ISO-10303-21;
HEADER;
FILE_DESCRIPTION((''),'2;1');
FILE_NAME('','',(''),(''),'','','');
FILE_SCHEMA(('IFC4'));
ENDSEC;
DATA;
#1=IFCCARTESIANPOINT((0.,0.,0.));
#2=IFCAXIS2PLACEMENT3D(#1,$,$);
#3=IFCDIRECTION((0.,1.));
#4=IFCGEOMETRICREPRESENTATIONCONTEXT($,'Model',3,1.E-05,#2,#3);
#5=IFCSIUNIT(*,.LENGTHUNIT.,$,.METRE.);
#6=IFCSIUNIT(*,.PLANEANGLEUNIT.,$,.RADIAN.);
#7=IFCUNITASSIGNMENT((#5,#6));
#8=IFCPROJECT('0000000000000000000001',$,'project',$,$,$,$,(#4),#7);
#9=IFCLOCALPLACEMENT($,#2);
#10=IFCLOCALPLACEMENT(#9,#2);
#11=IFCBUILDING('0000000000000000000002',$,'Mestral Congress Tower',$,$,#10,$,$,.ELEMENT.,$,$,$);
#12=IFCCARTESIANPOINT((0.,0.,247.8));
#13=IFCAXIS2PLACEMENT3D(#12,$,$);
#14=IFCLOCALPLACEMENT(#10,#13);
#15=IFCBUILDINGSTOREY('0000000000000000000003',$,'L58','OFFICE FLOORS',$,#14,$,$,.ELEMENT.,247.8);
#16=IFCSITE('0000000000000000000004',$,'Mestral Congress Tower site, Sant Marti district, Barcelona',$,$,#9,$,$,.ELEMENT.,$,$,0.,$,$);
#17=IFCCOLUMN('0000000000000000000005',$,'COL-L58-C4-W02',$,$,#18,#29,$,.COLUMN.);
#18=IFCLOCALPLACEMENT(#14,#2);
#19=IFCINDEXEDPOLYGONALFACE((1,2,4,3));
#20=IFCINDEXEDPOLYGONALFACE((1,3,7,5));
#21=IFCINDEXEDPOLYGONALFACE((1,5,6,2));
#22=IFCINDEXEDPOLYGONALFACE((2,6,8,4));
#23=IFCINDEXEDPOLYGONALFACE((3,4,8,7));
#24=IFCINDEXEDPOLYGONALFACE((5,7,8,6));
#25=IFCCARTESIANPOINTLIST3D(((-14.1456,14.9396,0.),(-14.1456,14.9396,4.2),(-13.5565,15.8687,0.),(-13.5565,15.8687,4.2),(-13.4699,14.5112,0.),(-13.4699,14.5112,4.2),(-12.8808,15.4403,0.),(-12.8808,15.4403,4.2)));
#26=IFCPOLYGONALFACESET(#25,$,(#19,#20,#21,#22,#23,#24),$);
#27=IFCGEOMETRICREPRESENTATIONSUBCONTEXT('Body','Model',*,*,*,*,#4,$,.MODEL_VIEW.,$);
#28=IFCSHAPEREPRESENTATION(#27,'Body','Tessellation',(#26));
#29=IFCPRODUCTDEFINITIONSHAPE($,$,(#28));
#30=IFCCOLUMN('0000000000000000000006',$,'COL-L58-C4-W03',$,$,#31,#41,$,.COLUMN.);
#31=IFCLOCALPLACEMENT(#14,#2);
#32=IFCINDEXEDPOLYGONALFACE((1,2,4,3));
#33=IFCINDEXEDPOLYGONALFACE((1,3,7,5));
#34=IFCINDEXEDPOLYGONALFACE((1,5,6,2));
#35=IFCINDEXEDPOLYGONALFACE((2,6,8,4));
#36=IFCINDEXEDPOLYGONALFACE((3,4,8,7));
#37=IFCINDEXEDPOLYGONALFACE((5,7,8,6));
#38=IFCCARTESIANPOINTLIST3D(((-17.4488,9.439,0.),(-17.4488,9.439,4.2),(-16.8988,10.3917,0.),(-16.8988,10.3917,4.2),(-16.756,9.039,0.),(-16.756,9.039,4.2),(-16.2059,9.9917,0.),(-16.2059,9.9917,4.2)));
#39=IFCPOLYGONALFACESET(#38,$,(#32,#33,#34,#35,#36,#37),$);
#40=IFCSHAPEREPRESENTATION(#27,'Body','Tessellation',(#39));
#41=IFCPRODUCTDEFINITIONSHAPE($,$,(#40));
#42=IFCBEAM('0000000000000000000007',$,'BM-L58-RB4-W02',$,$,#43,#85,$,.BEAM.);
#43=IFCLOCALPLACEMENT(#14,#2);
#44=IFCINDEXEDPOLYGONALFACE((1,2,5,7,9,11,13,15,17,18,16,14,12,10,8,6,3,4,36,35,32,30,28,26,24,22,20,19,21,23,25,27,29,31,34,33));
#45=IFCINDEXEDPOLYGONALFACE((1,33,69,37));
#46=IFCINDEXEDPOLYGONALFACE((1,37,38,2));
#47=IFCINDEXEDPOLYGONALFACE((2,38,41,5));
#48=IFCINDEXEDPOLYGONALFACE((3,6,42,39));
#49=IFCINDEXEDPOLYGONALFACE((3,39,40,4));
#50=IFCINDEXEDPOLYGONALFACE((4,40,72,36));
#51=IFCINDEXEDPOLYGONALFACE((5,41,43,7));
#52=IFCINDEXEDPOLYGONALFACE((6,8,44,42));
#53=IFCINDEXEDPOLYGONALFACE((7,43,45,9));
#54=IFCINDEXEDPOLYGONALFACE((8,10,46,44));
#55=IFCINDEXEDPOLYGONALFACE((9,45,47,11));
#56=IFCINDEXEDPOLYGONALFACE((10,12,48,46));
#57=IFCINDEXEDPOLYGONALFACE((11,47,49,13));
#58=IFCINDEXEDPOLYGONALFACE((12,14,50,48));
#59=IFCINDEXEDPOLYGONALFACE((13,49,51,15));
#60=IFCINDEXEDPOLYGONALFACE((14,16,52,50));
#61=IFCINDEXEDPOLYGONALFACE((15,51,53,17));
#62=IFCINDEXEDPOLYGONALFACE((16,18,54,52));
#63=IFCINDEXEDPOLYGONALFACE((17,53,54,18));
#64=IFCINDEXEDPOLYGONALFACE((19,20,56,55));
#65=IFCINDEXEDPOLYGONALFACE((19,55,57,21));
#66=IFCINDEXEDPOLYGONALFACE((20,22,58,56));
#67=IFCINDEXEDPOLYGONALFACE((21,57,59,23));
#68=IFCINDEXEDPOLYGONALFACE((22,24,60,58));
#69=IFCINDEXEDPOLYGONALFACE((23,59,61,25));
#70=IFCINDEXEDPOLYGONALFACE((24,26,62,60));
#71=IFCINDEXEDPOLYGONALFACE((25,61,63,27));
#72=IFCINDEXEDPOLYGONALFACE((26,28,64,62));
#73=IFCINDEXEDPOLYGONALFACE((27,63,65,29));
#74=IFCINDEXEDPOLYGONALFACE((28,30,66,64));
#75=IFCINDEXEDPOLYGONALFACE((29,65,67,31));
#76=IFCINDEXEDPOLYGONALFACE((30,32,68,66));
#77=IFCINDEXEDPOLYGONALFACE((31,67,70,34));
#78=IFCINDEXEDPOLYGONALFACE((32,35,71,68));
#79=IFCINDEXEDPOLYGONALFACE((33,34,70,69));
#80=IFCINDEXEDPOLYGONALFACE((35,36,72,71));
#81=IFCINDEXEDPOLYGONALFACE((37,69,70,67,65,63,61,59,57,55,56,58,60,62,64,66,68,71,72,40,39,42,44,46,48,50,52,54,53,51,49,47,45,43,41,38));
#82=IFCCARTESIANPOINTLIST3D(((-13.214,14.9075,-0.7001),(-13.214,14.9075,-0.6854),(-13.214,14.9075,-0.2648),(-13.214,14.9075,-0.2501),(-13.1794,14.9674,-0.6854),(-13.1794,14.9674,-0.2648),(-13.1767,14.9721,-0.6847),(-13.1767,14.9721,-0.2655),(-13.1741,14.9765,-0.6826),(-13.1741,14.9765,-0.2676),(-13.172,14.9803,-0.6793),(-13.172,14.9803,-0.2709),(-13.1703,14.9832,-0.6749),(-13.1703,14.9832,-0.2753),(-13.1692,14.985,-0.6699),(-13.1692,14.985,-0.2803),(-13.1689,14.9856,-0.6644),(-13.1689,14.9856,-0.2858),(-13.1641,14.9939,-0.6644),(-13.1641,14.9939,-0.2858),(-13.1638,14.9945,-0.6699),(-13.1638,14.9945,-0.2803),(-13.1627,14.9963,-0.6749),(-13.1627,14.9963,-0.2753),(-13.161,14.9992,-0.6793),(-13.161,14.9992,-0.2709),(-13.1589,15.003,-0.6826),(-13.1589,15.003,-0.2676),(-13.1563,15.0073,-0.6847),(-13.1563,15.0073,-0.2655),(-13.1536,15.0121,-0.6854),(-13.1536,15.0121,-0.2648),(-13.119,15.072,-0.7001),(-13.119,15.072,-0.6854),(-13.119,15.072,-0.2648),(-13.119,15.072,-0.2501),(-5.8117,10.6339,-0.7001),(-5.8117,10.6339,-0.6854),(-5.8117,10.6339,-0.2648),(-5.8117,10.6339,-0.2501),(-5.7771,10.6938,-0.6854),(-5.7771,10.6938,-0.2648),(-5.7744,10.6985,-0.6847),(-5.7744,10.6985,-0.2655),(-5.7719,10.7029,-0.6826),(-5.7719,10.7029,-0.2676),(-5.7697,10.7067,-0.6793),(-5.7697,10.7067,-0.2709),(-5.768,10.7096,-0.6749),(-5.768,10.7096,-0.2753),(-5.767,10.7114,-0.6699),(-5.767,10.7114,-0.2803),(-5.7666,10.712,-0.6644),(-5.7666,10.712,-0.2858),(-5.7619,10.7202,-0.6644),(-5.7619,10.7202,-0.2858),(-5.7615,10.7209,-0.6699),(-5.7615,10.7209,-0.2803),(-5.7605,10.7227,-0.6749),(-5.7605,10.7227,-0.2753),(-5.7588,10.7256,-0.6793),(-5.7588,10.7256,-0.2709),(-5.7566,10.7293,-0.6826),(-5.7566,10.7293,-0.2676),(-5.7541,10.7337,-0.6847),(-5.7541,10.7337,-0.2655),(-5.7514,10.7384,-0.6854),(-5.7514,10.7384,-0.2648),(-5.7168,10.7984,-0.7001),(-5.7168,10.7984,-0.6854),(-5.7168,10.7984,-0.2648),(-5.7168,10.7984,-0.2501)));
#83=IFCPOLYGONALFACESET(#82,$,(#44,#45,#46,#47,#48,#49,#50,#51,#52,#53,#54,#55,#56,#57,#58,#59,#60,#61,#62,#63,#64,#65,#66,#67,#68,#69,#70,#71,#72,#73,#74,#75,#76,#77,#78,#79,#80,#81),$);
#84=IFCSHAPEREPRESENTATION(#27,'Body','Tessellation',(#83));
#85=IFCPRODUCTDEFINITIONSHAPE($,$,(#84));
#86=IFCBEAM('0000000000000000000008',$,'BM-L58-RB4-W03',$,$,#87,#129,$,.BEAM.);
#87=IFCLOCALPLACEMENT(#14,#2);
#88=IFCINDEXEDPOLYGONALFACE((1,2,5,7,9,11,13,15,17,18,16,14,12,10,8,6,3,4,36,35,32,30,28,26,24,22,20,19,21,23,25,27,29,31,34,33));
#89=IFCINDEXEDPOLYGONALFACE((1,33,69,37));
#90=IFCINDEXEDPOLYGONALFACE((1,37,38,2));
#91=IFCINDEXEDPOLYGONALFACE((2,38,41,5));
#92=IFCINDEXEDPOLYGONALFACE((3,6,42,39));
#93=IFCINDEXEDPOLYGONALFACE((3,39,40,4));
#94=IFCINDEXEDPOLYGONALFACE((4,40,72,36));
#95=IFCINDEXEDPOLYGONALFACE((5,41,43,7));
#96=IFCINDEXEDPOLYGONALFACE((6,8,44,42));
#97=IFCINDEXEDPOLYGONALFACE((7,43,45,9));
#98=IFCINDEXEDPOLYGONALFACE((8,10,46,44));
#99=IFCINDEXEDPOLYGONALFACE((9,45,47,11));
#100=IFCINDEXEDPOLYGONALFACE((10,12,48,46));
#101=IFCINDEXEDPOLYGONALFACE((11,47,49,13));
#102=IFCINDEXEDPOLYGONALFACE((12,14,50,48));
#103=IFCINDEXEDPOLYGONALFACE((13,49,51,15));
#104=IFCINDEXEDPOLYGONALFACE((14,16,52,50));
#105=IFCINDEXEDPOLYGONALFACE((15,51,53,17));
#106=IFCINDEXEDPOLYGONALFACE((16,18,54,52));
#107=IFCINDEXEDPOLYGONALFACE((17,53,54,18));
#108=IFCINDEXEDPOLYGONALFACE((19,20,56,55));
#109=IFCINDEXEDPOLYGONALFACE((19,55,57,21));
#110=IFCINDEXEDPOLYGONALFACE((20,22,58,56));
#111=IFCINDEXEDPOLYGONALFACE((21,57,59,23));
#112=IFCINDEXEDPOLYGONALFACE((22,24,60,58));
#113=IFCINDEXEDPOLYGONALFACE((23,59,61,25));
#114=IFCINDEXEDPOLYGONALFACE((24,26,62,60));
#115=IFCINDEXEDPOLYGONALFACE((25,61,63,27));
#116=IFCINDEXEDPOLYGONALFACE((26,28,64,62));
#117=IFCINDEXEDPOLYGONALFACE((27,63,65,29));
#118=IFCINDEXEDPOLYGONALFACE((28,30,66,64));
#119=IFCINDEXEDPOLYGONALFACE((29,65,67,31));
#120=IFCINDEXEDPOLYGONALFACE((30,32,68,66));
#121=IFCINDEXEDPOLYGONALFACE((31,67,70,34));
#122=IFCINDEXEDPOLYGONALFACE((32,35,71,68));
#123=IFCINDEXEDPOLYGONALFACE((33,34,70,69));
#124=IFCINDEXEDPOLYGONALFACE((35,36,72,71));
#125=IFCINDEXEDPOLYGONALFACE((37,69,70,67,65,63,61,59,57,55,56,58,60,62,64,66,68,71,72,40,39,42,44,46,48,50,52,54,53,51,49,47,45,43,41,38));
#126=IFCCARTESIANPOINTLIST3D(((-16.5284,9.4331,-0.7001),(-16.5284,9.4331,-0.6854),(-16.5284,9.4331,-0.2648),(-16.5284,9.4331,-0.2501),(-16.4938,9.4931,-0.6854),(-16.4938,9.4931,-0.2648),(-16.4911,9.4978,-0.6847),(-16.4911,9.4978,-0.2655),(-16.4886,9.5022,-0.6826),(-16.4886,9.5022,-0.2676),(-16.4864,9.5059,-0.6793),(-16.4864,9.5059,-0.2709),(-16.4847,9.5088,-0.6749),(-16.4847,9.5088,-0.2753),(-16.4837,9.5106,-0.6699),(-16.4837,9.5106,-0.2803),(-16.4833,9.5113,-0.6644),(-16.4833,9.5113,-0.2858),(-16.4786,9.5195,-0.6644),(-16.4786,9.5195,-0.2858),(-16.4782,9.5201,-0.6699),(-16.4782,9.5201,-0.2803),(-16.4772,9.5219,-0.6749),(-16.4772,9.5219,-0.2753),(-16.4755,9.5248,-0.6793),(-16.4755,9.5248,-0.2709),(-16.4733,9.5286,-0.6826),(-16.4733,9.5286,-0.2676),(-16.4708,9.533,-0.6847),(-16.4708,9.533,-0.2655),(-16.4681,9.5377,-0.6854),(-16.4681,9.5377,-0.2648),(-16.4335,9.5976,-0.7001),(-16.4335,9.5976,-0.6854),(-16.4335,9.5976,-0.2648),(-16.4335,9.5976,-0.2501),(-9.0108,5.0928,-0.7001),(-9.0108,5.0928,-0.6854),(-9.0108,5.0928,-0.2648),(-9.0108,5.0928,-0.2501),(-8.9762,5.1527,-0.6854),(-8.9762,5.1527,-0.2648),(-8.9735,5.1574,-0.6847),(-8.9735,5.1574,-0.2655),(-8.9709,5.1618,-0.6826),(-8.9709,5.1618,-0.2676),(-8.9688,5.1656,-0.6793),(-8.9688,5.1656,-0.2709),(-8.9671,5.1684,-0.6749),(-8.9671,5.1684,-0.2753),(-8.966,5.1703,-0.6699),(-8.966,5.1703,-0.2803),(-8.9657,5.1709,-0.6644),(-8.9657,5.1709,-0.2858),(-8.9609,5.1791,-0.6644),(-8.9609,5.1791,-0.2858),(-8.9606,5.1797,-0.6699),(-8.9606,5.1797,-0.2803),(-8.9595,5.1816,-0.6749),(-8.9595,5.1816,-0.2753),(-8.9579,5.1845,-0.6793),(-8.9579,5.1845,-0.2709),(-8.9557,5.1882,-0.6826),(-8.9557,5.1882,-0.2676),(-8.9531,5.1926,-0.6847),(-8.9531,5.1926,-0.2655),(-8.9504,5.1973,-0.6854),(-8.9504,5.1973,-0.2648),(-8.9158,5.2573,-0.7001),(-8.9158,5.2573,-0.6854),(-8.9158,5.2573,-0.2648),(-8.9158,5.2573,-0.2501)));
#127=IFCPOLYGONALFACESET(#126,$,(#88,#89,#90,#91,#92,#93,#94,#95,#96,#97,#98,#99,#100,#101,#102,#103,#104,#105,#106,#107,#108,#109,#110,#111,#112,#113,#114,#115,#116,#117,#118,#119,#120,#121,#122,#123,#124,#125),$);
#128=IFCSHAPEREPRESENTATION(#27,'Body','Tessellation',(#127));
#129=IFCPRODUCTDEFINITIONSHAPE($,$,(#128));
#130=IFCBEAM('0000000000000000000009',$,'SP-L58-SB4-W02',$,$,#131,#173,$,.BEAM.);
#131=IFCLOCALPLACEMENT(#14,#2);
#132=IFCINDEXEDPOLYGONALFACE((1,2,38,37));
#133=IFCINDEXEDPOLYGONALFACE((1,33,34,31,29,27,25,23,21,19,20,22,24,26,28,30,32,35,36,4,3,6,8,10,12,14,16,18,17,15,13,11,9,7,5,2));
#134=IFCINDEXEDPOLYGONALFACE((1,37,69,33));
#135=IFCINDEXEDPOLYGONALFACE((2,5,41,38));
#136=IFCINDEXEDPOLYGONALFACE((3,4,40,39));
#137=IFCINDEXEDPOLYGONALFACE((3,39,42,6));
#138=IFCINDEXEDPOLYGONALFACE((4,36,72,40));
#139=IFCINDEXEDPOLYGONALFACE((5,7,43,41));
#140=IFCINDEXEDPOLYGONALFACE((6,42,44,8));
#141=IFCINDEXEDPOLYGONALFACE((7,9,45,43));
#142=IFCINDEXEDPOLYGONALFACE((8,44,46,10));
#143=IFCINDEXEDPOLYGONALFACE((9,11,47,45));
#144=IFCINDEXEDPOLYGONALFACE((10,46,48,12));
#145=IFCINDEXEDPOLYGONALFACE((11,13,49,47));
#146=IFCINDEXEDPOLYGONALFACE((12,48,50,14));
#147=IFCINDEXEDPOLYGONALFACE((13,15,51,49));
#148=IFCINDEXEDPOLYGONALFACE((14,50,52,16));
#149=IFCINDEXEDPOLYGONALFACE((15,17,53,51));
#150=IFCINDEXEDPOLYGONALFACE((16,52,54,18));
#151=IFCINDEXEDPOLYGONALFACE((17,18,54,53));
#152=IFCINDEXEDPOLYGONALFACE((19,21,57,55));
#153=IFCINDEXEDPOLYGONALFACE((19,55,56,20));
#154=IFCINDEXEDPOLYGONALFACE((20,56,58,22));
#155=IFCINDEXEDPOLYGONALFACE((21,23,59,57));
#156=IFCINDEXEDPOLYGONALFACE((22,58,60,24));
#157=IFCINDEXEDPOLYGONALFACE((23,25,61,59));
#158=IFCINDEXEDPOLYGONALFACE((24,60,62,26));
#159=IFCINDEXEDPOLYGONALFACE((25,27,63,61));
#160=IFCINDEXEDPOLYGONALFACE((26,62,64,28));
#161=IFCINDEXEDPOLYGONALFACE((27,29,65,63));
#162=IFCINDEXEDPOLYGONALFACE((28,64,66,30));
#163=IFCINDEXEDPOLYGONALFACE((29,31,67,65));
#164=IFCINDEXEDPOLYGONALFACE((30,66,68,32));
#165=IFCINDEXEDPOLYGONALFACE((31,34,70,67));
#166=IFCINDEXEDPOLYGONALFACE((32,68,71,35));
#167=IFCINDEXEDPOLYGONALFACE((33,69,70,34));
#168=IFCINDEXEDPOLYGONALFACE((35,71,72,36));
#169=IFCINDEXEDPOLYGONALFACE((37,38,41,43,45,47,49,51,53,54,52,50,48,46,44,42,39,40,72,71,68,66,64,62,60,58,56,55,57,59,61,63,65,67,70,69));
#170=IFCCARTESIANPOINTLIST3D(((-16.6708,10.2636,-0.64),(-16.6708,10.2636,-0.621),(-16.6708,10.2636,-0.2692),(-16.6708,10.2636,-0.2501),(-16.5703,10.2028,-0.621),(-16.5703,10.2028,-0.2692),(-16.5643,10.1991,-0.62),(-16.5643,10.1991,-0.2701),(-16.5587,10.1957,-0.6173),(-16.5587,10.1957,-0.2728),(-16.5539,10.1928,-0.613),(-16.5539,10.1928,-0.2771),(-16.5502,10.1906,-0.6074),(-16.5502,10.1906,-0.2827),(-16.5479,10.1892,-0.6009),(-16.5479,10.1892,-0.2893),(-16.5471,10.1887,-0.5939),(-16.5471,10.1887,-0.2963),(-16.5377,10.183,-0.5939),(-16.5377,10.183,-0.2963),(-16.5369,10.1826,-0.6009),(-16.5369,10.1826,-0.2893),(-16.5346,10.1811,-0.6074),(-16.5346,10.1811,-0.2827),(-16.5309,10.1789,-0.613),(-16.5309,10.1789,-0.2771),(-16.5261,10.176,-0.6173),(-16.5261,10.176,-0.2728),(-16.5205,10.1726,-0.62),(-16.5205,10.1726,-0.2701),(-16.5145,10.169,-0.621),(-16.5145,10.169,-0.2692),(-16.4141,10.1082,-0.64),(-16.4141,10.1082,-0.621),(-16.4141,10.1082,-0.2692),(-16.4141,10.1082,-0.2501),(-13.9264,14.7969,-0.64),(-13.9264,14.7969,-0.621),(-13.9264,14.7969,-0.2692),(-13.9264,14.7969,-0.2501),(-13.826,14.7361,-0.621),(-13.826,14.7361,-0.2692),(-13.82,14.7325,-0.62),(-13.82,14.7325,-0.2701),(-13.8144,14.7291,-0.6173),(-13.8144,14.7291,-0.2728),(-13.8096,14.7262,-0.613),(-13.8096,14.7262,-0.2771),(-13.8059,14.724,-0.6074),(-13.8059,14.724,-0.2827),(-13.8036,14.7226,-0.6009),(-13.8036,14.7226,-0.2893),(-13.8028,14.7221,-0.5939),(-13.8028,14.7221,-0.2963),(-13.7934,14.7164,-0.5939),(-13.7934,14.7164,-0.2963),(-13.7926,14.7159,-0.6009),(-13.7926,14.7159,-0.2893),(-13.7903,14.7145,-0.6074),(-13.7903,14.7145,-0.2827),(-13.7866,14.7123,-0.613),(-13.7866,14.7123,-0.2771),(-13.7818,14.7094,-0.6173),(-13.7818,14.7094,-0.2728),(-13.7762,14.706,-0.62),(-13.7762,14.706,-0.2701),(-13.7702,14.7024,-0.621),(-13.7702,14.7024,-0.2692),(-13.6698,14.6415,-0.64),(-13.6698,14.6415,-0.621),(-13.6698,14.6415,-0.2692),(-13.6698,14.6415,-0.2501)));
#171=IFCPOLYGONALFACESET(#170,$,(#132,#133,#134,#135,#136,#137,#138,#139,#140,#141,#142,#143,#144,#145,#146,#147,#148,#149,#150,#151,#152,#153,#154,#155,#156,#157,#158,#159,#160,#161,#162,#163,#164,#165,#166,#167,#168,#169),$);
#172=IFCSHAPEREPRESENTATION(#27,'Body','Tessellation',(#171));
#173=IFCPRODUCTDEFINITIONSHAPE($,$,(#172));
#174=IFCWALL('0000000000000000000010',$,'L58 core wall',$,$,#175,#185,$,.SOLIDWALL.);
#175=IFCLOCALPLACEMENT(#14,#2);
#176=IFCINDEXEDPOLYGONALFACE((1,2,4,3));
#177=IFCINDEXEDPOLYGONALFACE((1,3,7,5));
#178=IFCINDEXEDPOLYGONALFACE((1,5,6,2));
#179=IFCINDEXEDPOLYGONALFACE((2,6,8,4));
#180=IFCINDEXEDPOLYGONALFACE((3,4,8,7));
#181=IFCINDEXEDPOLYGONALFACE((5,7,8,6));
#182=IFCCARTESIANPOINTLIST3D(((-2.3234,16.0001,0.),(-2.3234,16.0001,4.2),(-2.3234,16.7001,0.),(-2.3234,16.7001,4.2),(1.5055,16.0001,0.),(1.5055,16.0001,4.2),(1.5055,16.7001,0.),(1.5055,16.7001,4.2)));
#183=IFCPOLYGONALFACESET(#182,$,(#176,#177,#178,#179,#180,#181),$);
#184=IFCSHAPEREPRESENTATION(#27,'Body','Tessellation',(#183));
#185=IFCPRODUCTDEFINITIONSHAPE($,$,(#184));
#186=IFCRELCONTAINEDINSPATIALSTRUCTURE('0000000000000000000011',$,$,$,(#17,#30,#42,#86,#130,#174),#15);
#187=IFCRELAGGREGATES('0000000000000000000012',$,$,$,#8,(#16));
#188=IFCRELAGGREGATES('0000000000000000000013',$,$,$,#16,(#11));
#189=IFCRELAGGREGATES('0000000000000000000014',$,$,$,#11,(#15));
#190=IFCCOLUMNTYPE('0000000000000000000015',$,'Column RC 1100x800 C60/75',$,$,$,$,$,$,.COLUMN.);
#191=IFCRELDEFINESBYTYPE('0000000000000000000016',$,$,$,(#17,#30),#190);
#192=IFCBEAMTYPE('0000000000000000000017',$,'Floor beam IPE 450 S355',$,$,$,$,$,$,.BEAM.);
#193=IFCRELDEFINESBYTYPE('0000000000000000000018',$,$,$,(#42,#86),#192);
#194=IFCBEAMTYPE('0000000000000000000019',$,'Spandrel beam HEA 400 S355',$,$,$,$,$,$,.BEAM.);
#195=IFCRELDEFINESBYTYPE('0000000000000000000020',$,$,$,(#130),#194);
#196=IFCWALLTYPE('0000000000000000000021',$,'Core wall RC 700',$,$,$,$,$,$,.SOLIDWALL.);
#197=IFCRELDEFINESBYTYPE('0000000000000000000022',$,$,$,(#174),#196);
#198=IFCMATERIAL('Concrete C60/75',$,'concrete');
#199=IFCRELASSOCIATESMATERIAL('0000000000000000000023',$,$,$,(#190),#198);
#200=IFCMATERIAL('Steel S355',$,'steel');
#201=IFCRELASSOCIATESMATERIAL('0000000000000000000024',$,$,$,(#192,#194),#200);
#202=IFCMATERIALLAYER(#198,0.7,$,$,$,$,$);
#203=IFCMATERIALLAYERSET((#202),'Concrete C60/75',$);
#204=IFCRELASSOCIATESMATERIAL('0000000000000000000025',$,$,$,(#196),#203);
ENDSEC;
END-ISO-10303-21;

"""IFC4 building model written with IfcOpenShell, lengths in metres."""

from ifc_helpers import new_model, si_unit, direction, frame, frame_2d, origin, origin_2d, place, context, subcontext, project, spatial, rectangle, i_section, extrude, material, layer, layer_set, material_profile, profile_set, type_object, element, save


model = new_model("IFC4")

# Units and contexts
model_context = context("Model", 3, precision=1e-05, world=origin(), true_north=direction((0.0, 1.0)))
body_context = subcontext(model_context, "Body", "Model", "MODEL_VIEW")
ifc_project = project(units=[si_unit("LENGTHUNIT", "METRE"), si_unit("PLANEANGLEUNIT", "RADIAN")], contexts=[model_context])

# Site, building, storey
site_placement = place(None, origin())
site = spatial("IfcSite", under=ifc_project, at=site_placement, Name="Mestral Congress Tower site, Sant Marti district, Barcelona", CompositionType="ELEMENT", RefElevation=0.0)
building_placement = place(site_placement, origin())
building = spatial("IfcBuilding", under=site, at=building_placement, Name="Mestral Congress Tower", CompositionType="ELEMENT")
storey_placement = place(building_placement, frame((0.0, 0.0, 247.8)))
storey = spatial("IfcBuildingStorey", under=building, at=storey_placement, Name="L58", Description="OFFICE FLOORS", CompositionType="ELEMENT", Elevation=247.8)

# Columns
ifc_material_1 = material(Name="Concrete C60/75", Category="concrete")
ifc_material_profile_1 = material_profile(ifc_material_1, rectangle(XDim=1.1001, YDim=0.8, at=origin_2d()), Name="RC 1100x800")
ifc_profile_set_1 = profile_set([ifc_material_profile_1], Name="Concrete C60/75")
column_type = type_object("IfcColumnType", Name="Column RC 1100x800 C60/75", PredefinedType="COLUMN", material=ifc_profile_set_1)
for number, where, z_axis, x_axis, name in (
    (1, (-13.5132, 15.1899, 0.0), (0.0, 0.0, 1.0), (-0.535503, -0.844534, 0.0), "COL-L58-C4-W02"),
    (2, (-16.8274, 9.7153, 0.0), (0.0, 0.0, 1.0), (-0.5, -0.866025, 0.0), "COL-L58-C4-W03"),
):
    element("IfcColumn", number, at=place(storey_placement, frame(where, z_axis=z_axis, x_axis=x_axis)), inside=storey, type_object=column_type, Name=name, PredefinedType="COLUMN", context=body_context, shape_type="SweptSolid", body=[
        extrude(rectangle(XDim=1.1001, YDim=0.8, at=origin_2d()), origin(), (0.0, 0.0, 1.0), 4.2),
    ])

# Beams
ifc_material_2 = material(Name="Steel S355", Category="steel")
ifc_material_profile_2 = material_profile(ifc_material_2, i_section(OverallWidth=0.1899, OverallDepth=0.45, WebThickness=0.0095, FlangeThickness=0.0146, FilletRadius=0.021, at=origin_2d()), Name="IPE 450")
ifc_profile_set_2 = profile_set([ifc_material_profile_2], Name="Steel S355")
beam_type_1 = type_object("IfcBeamType", Name="Floor beam IPE 450 S355", PredefinedType="BEAM", material=ifc_profile_set_2)
beam_1_placement = place(storey_placement, frame((-13.1665, 14.9897, -0.4751), z_axis=(0.866029, -0.499994, 0.0), x_axis=(0.499994, 0.866029, 0.0)))
element("IfcBeam", 3, at=beam_1_placement, inside=storey, type_object=beam_type_1, Name="BM-L58-RB4-W02", PredefinedType="BEAM", context=body_context, shape_type="SweptSolid", body=[
    extrude(i_section(OverallWidth=0.1899, OverallDepth=0.45, WebThickness=0.0095, FlangeThickness=0.0146, FilletRadius=0.021, at=origin_2d()), origin(), (0.0, 0.0, 1.0), 8.5474),
])
beam_2_placement = place(storey_placement, frame((-16.481, 9.5154, -0.4751), z_axis=(0.866023, -0.500005, 0.0), x_axis=(0.500005, 0.866023, 0.0)))
element("IfcBeam", 4, at=beam_2_placement, inside=storey, type_object=beam_type_1, Name="BM-L58-RB4-W03", PredefinedType="BEAM", context=body_context, shape_type="SweptSolid", body=[
    extrude(i_section(OverallWidth=0.1899, OverallDepth=0.45, WebThickness=0.0095, FlangeThickness=0.0146, FilletRadius=0.021, at=origin_2d()), origin(), (0.0, 0.0, 1.0), 8.6807),
])
ifc_material_profile_3 = material_profile(ifc_material_2, i_section(OverallWidth=0.3, OverallDepth=0.3899, WebThickness=0.011, FlangeThickness=0.019, FilletRadius=0.0271, at=origin_2d()), Name="HEA 400")
ifc_profile_set_3 = profile_set([ifc_material_profile_3], Name="Steel S355")
beam_type_2 = type_object("IfcBeamType", Name="Spandrel beam HEA 400 S355", PredefinedType="BEAM", material=ifc_profile_set_3)
beam_3_placement = place(storey_placement, frame((-13.7981, 14.7192, -0.4451), z_axis=(-0.517866, -0.855462, 0.0), x_axis=(0.855462, -0.517866, 0.0)))
element("IfcBeam", 5, at=beam_3_placement, inside=storey, type_object=beam_type_2, Name="SP-L58-SB4-W02", PredefinedType="BEAM", context=body_context, shape_type="SweptSolid", body=[
    extrude(i_section(OverallWidth=0.3, OverallDepth=0.3899, WebThickness=0.011, FlangeThickness=0.019, FilletRadius=0.0271, at=origin_2d()), origin(), (0.0, 0.0, 1.0), 5.2993),
])

# Wall
ifc_layer_1 = layer(ifc_material_1, 0.7)
ifc_layer_set_1 = layer_set([ifc_layer_1], Name="Concrete C60/75")
wall_type_1 = type_object("IfcWallType", Name="Core wall RC 700", PredefinedType="SOLIDWALL", material=ifc_layer_set_1)
wall_1_placement = place(storey_placement, frame((-2.3235, 16.3501, 0.0), z_axis=(0.0, 0.0, 1.0), x_axis=(1.0, 0.0, 0.0)))
element("IfcWall", 6, at=wall_1_placement, inside=storey, type_object=wall_type_1, Name="L58 core wall", PredefinedType="SOLIDWALL", context=body_context, shape_type="SweptSolid", body=[
    extrude(rectangle(XDim=3.8289, YDim=0.7, at=frame_2d((1.9146, 0.0))), origin(), (0.0, 0.0, 1.0), 4.2),
])

save(model, "model.ifc")
